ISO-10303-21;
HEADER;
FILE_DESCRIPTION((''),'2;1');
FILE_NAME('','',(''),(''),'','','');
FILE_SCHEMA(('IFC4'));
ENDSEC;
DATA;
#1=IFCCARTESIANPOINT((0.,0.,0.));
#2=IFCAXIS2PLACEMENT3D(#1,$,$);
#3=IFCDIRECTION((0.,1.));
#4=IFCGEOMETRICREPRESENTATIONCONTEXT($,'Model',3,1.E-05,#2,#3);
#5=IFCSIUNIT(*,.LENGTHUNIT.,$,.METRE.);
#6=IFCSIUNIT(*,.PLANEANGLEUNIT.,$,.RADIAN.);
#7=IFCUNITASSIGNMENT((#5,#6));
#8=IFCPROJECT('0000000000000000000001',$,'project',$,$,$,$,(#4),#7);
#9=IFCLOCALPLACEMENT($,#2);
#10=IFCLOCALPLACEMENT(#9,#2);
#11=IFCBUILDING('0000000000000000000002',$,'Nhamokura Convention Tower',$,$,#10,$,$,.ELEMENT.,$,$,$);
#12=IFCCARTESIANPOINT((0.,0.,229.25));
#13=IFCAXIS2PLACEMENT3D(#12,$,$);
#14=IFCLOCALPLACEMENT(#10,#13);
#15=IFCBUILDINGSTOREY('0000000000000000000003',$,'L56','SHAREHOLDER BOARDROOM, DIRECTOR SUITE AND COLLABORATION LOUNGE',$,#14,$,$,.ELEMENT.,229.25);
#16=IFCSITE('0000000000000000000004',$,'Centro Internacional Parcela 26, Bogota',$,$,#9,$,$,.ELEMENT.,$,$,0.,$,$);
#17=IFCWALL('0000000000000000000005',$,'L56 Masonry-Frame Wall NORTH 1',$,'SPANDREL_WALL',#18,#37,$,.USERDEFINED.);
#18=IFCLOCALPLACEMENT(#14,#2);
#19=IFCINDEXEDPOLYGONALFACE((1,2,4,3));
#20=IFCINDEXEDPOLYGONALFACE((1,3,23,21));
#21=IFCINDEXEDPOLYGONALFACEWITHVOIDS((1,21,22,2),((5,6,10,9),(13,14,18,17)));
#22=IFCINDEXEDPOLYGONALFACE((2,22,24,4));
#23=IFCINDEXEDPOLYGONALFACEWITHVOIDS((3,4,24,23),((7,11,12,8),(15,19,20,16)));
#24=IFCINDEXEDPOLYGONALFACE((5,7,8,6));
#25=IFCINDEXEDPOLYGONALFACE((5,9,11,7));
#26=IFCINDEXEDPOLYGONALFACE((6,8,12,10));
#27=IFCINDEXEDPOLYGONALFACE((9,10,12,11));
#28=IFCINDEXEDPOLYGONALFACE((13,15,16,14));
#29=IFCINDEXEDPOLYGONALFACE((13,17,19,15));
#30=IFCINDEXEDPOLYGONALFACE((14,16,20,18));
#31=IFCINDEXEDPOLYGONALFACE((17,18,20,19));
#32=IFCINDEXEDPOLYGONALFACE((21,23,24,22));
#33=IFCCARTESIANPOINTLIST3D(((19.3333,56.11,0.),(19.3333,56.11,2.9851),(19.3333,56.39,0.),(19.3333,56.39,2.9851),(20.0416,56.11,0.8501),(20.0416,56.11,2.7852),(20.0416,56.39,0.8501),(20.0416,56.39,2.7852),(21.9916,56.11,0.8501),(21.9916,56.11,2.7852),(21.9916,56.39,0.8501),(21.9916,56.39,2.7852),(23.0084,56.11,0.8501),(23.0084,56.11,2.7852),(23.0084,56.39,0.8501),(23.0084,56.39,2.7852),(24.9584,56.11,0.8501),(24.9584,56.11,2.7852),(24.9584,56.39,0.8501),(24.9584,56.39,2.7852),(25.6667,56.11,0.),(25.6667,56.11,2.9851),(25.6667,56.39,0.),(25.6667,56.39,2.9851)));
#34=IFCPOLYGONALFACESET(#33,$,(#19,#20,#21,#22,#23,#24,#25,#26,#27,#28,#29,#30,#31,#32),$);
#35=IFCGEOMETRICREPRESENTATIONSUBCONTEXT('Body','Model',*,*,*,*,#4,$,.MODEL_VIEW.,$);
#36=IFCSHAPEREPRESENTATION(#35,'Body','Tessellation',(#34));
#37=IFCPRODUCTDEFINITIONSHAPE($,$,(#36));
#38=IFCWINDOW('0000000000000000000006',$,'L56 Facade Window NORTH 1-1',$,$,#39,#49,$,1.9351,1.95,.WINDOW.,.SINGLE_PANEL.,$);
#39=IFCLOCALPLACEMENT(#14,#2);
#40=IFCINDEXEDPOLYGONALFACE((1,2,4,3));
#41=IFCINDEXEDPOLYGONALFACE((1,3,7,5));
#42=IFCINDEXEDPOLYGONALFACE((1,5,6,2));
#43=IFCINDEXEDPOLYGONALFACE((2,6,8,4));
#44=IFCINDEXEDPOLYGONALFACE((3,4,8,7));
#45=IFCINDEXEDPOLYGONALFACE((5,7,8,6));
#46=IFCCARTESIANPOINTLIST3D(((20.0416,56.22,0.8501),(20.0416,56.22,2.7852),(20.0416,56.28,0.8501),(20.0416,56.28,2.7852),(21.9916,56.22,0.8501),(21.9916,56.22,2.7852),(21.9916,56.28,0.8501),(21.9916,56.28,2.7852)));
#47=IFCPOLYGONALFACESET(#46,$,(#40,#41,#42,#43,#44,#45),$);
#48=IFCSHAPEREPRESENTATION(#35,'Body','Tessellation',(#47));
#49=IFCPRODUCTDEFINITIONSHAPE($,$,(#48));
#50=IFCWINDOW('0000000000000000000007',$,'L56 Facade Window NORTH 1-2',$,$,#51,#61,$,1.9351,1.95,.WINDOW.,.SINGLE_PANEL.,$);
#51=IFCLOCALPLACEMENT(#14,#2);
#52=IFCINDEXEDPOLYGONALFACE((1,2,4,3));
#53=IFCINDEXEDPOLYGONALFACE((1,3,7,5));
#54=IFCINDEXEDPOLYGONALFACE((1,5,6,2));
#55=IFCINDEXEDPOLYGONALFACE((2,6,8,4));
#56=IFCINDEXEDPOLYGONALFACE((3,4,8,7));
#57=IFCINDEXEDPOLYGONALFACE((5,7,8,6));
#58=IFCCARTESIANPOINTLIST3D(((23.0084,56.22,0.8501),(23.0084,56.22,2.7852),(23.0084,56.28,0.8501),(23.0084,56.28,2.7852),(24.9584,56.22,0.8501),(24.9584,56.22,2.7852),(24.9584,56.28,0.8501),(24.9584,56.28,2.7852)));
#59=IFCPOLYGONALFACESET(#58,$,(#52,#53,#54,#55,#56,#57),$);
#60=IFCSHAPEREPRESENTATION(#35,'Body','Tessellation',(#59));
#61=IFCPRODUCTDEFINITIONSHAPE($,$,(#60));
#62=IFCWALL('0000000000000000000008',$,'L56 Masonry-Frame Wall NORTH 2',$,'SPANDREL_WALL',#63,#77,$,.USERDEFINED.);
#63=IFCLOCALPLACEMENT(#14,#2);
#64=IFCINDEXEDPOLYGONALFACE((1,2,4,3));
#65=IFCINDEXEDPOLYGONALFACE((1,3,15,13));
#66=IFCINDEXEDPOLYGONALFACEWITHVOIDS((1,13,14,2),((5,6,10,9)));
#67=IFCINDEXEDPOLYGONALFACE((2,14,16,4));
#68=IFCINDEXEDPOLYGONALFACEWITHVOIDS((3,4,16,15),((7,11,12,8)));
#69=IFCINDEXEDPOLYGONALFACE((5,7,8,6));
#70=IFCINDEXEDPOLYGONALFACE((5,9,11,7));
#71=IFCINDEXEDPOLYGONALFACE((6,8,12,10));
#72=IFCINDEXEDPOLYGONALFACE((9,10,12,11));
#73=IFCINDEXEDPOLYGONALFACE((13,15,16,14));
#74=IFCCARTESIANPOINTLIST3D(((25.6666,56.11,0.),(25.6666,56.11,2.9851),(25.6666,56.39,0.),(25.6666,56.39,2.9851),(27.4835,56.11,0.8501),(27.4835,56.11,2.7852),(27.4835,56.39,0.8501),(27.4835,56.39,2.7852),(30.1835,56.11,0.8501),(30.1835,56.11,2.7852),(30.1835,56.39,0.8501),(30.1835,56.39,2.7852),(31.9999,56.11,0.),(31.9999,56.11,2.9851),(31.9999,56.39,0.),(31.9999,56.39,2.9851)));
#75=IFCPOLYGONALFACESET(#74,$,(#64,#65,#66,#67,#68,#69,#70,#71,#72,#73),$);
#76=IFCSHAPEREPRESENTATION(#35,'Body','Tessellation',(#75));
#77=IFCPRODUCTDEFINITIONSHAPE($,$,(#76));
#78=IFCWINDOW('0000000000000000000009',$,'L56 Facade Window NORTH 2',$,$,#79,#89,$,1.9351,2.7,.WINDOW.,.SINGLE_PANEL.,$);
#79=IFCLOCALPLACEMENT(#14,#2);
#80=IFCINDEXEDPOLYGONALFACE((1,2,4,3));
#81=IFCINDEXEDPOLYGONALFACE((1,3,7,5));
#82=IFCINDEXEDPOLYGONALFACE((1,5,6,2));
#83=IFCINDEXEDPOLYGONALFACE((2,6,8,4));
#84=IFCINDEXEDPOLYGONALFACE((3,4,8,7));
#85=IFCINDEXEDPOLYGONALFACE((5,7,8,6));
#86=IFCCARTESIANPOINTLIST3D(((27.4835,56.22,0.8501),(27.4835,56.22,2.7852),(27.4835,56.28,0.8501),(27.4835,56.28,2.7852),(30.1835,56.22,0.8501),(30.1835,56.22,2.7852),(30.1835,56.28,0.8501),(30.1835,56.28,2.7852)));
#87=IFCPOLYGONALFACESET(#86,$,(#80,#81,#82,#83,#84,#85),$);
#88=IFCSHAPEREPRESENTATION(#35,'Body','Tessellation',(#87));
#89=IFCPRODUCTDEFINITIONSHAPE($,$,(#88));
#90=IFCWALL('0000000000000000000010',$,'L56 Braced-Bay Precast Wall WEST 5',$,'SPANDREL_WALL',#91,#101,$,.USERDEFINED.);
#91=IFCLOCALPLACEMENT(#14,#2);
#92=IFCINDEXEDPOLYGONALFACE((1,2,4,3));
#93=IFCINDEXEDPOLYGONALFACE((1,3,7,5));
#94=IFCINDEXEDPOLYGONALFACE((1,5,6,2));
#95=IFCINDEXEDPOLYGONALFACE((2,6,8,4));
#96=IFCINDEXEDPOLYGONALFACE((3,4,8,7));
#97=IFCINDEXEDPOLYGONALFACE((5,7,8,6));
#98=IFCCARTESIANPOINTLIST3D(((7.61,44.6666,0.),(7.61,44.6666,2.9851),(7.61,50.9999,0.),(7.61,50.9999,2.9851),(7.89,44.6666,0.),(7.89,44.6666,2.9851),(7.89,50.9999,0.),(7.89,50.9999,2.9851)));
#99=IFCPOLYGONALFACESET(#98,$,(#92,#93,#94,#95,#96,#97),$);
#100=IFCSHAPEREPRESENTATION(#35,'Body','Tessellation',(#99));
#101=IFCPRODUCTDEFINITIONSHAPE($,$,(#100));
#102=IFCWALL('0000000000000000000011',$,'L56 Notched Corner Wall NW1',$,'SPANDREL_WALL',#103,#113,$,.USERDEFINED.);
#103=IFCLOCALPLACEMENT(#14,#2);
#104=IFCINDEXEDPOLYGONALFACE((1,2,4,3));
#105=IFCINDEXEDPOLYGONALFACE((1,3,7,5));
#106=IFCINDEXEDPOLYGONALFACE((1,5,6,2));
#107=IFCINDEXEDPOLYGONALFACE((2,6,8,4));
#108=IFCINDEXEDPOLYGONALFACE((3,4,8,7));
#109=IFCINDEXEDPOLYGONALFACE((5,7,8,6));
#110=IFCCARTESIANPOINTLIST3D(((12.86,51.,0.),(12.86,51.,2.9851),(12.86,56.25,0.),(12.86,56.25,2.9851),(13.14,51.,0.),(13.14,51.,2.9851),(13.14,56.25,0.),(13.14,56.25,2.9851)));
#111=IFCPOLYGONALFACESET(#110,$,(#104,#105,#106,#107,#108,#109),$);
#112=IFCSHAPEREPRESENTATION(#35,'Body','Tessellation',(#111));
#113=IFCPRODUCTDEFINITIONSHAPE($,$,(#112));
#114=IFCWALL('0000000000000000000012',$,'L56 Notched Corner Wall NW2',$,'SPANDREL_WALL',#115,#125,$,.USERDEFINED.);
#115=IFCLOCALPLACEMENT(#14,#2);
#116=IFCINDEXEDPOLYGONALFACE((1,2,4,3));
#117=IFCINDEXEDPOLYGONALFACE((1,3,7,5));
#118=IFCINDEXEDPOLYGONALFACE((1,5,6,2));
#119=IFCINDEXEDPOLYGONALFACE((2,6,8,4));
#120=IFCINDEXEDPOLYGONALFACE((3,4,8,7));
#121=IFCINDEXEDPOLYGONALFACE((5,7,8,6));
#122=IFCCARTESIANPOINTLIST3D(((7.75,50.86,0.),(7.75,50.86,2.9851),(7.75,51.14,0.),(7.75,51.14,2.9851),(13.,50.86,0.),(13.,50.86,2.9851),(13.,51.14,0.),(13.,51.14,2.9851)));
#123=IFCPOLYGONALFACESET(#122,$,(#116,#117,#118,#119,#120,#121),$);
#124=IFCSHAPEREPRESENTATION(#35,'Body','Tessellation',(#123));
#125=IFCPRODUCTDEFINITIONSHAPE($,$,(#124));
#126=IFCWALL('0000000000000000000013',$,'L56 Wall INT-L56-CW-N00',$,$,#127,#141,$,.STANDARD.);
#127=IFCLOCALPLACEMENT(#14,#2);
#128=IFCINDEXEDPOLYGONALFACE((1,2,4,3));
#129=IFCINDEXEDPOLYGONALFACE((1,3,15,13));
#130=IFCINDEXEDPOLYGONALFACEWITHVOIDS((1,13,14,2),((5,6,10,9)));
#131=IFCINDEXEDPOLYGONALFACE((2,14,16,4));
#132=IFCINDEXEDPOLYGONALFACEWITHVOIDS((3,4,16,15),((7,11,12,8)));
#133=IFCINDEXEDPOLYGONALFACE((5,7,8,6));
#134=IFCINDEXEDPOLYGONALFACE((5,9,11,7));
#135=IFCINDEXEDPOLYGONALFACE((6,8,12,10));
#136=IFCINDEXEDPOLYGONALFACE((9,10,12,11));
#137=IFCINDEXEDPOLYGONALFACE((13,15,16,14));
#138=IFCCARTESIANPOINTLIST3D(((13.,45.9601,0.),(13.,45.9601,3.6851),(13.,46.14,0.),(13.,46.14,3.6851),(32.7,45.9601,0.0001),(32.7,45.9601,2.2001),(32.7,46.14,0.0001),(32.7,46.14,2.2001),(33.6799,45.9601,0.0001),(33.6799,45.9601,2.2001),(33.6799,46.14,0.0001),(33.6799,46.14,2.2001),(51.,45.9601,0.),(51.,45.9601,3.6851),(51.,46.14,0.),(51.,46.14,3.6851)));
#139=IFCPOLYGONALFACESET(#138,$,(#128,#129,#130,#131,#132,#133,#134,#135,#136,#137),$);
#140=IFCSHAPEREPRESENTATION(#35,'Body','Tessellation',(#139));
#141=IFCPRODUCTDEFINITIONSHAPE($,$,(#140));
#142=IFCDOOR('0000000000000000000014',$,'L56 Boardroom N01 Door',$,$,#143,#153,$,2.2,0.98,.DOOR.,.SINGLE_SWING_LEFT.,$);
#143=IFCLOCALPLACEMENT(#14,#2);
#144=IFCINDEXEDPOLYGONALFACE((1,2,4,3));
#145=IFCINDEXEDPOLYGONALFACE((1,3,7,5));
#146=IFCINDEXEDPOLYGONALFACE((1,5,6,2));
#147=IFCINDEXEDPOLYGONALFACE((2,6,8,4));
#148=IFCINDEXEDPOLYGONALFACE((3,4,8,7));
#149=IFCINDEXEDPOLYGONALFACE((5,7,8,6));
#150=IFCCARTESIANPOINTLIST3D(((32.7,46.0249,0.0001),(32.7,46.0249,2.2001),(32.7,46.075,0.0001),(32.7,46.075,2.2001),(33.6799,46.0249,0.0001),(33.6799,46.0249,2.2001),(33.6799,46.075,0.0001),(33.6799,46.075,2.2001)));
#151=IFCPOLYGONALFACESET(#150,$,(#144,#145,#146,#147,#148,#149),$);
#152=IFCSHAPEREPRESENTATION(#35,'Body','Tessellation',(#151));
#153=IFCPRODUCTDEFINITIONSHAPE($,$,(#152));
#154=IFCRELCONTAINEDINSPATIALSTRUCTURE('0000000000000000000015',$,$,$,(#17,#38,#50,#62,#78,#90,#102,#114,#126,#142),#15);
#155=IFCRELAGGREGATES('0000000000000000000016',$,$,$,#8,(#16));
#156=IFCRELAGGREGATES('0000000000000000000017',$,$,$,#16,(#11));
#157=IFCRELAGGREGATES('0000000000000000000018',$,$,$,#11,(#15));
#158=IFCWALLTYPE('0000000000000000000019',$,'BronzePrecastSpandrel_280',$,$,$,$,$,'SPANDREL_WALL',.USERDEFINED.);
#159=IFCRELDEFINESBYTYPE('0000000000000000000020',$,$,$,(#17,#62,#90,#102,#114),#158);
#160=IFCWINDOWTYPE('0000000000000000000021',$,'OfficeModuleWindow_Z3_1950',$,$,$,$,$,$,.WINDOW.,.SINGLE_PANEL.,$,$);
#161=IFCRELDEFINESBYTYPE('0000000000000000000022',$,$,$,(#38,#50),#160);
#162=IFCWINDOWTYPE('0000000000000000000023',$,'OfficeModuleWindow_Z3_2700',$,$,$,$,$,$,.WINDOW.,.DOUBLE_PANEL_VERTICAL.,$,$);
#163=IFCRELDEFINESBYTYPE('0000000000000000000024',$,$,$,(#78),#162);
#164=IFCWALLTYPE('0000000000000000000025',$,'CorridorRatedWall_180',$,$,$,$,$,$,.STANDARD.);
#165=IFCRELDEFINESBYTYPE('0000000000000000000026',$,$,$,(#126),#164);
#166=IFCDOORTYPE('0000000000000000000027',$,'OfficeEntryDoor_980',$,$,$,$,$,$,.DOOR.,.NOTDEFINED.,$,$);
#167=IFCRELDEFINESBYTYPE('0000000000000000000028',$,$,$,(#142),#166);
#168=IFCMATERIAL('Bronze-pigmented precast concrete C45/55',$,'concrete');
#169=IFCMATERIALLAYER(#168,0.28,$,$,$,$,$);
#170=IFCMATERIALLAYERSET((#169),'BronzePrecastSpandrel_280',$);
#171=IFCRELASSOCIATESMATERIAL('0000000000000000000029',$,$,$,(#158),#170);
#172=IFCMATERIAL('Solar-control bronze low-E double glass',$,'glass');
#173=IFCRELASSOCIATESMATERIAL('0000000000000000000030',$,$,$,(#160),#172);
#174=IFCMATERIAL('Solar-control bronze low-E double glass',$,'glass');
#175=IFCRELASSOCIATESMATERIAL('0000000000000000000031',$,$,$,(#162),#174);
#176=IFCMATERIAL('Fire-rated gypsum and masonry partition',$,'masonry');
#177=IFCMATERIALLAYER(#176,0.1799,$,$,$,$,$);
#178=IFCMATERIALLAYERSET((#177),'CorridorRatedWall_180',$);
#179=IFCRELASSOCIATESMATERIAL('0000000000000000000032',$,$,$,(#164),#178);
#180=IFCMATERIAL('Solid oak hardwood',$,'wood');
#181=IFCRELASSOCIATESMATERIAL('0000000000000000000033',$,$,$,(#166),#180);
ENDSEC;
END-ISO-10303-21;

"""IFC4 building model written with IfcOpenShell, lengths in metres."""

from ifc_helpers import new_model, si_unit, direction, frame, frame_2d, origin, place, context, subcontext, project, spatial, rectangle, extrude, material, layer, layer_set, type_object, element, fill, save


model = new_model("IFC4")

# Units and contexts
model_context = context("Model", 3, precision=1e-05, world=origin(), true_north=direction((0.0, 1.0)))
body_context = subcontext(model_context, "Body", "Model", "MODEL_VIEW")
ifc_project = project(units=[si_unit("LENGTHUNIT", "METRE"), si_unit("PLANEANGLEUNIT", "RADIAN")], contexts=[model_context])

# Site, building, storey
site_placement = place(None, origin())
site = spatial("IfcSite", under=ifc_project, at=site_placement, Name="Centro Internacional Parcela 26, Bogota", CompositionType="ELEMENT", RefElevation=0.0)
building_placement = place(site_placement, origin())
building = spatial("IfcBuilding", under=site, at=building_placement, Name="Nhamokura Convention Tower", CompositionType="ELEMENT")
storey_placement = place(building_placement, frame((0.0, 0.0, 229.25)))
storey = spatial("IfcBuildingStorey", under=building, at=storey_placement, Name="L56", Description="SHAREHOLDER BOARDROOM, DIRECTOR SUITE AND COLLABORATION LOUNGE", CompositionType="ELEMENT", Elevation=229.25)

# Shared definitions
ifc_material_1 = material(Name="Bronze-pigmented precast concrete C45/55", Category="concrete")
ifc_layer_1 = layer(ifc_material_1, 0.28)
ifc_layer_set_1 = layer_set([ifc_layer_1], Name="BronzePrecastSpandrel_280")
wall_type_1 = type_object("IfcWallType", Name="BronzePrecastSpandrel_280", ElementType="SPANDREL_WALL", PredefinedType="USERDEFINED", material=ifc_layer_set_1)

# Wall, openings, windows
wall_1_placement = place(storey_placement, frame((19.3333, 56.25, 0.0), z_axis=(0.0, 0.0, 1.0), x_axis=(1.0, 0.0, 0.0)))
wall_1 = element("IfcWall", 1, at=wall_1_placement, inside=storey, type_object=wall_type_1, Name="L56 Masonry-Frame Wall NORTH 1", ObjectType="SPANDREL_WALL", PredefinedType="USERDEFINED", context=body_context, shape_type="SweptSolid", body=[
    extrude(rectangle(XDim=6.3335, YDim=0.28, at=frame_2d((3.1667, 0.0))), origin(), (0.0, 0.0, 1.0), 2.9851),
])
opening_1_placement = place(wall_1_placement, frame((0.7083, 0.0, 0.8501)))
opening_1 = element("IfcOpeningElement", 2, at=opening_1_placement, cuts=wall_1, PredefinedType="OPENING", context=body_context, shape_type="SweptSolid", body=[
    extrude(rectangle(XDim=1.95, YDim=1.9351, at=frame_2d((0.9751, 0.9675))), frame((0.0, 0.1499, 0.0), z_axis=(0.0, -1.0, 0.0), x_axis=(1.0, 0.0, 0.0)), (0.0, 0.0, 1.0), 0.3),
])
opening_2_placement = place(wall_1_placement, frame((3.675, 0.0, 0.8501)))
opening_2 = element("IfcOpeningElement", 3, at=opening_2_placement, cuts=wall_1, PredefinedType="OPENING", context=body_context, shape_type="SweptSolid", body=[
    extrude(rectangle(XDim=1.95, YDim=1.9351, at=frame_2d((0.9751, 0.9675))), frame((0.0, 0.1499, 0.0), z_axis=(0.0, -1.0, 0.0), x_axis=(1.0, 0.0, 0.0)), (0.0, 0.0, 1.0), 0.3),
])
ifc_material_2 = material(Name="Solar-control bronze low-E double glass", Category="glass")
window_type_1 = type_object("IfcWindowType", Name="OfficeModuleWindow_Z3_1950", PartitioningType="SINGLE_PANEL", PredefinedType="WINDOW", material=ifc_material_2)
window_1_placement = place(opening_1_placement, origin())
window_1 = element("IfcWindow", 4, at=window_1_placement, inside=storey, type_object=window_type_1, Name="L56 Facade Window NORTH 1-1", OverallHeight=1.9351, OverallWidth=1.95, PartitioningType="SINGLE_PANEL", PredefinedType="WINDOW", context=body_context, shape_type="SweptSolid", body=[
    extrude(rectangle(XDim=1.95, YDim=1.9351, at=frame_2d((0.9751, 0.9675))), frame((0.0, 0.03, 0.0), z_axis=(0.0, -1.0, 0.0), x_axis=(1.0, 0.0, 0.0)), (0.0, 0.0, 1.0), 0.0601),
])
fill(opening_1, window_1)
window_2_placement = place(opening_2_placement, origin())
window_2 = element("IfcWindow", 5, at=window_2_placement, inside=storey, type_object=window_type_1, Name="L56 Facade Window NORTH 1-2", OverallHeight=1.9351, OverallWidth=1.95, PartitioningType="SINGLE_PANEL", PredefinedType="WINDOW", context=body_context, shape_type="SweptSolid", body=[
    extrude(rectangle(XDim=1.95, YDim=1.9351, at=frame_2d((0.9751, 0.9675))), frame((0.0, 0.03, 0.0), z_axis=(0.0, -1.0, 0.0), x_axis=(1.0, 0.0, 0.0)), (0.0, 0.0, 1.0), 0.0601),
])
fill(opening_2, window_2)

# Wall, opening, window
wall_2_placement = place(storey_placement, frame((25.6667, 56.25, 0.0), z_axis=(0.0, 0.0, 1.0), x_axis=(1.0, 0.0, 0.0)))
wall_2 = element("IfcWall", 6, at=wall_2_placement, inside=storey, type_object=wall_type_1, Name="L56 Masonry-Frame Wall NORTH 2", ObjectType="SPANDREL_WALL", PredefinedType="USERDEFINED", context=body_context, shape_type="SweptSolid", body=[
    extrude(rectangle(XDim=6.3333, YDim=0.28, at=frame_2d((3.1665, 0.0))), origin(), (0.0, 0.0, 1.0), 2.9851),
])
opening_3_placement = place(wall_2_placement, frame((1.8167, 0.0, 0.8501)))
opening_3 = element("IfcOpeningElement", 7, at=opening_3_placement, cuts=wall_2, PredefinedType="OPENING", context=body_context, shape_type="SweptSolid", body=[
    extrude(rectangle(XDim=2.7, YDim=1.9351, at=frame_2d((1.3501, 0.9675))), frame((0.0, 0.1499, 0.0), z_axis=(0.0, -1.0, 0.0), x_axis=(1.0, 0.0, 0.0)), (0.0, 0.0, 1.0), 0.3),
])
ifc_material_3 = material(Name="Solar-control bronze low-E double glass", Category="glass")
window_type_2 = type_object("IfcWindowType", Name="OfficeModuleWindow_Z3_2700", PartitioningType="DOUBLE_PANEL_VERTICAL", PredefinedType="WINDOW", material=ifc_material_3)
window_3_placement = place(opening_3_placement, origin())
window_3 = element("IfcWindow", 8, at=window_3_placement, inside=storey, type_object=window_type_2, Name="L56 Facade Window NORTH 2", OverallHeight=1.9351, OverallWidth=2.7, PartitioningType="SINGLE_PANEL", PredefinedType="WINDOW", context=body_context, shape_type="SweptSolid", body=[
    extrude(rectangle(XDim=2.7, YDim=1.9351, at=frame_2d((1.3501, 0.9675))), frame((0.0, 0.03, 0.0), z_axis=(0.0, -1.0, 0.0), x_axis=(1.0, 0.0, 0.0)), (0.0, 0.0, 1.0), 0.0601),
])
fill(opening_3, window_3)

# Walls
wall_3_placement = place(storey_placement, frame((7.75, 44.6667, 0.0), z_axis=(0.0, 0.0, 1.0), x_axis=(0.0, 1.0, 0.0)))
element("IfcWall", 9, at=wall_3_placement, inside=storey, type_object=wall_type_1, Name="L56 Braced-Bay Precast Wall WEST 5", ObjectType="SPANDREL_WALL", PredefinedType="USERDEFINED", context=body_context, shape_type="SweptSolid", body=[
    extrude(rectangle(XDim=6.3333, YDim=0.28, at=frame_2d((3.1665, 0.0))), origin(), (0.0, 0.0, 1.0), 2.9851),
])
for number, where, z_axis, x_axis, name in (
    (10, (13.0, 51.0, 0.0), (0.0, 0.0, 1.0), (0.0, 1.0, 0.0), "L56 Notched Corner Wall NW1"),
    (11, (7.75, 51.0, 0.0), (0.0, 0.0, 1.0), (1.0, 0.0, 0.0), "L56 Notched Corner Wall NW2"),
):
    element("IfcWall", number, at=place(storey_placement, frame(where, z_axis=z_axis, x_axis=x_axis)), inside=storey, type_object=wall_type_1, Name=name, ObjectType="SPANDREL_WALL", PredefinedType="USERDEFINED", context=body_context, shape_type="SweptSolid", body=[
        extrude(rectangle(XDim=5.25, YDim=0.28, at=frame_2d((2.625, 0.0))), origin(), (0.0, 0.0, 1.0), 2.9851),
    ])

# Wall, opening, door
ifc_material_4 = material(Name="Fire-rated gypsum and masonry partition", Category="masonry")
ifc_layer_2 = layer(ifc_material_4, 0.1799)
ifc_layer_set_2 = layer_set([ifc_layer_2], Name="CorridorRatedWall_180")
wall_type_2 = type_object("IfcWallType", Name="CorridorRatedWall_180", PredefinedType="STANDARD", material=ifc_layer_set_2)
wall_4_placement = place(storey_placement, frame((13.0, 46.05, 0.0), z_axis=(0.0, 0.0, 1.0), x_axis=(1.0, 0.0, 0.0)))
wall_4 = element("IfcWall", 12, at=wall_4_placement, inside=storey, type_object=wall_type_2, Name="L56 Wall INT-L56-CW-N00", PredefinedType="STANDARD", context=body_context, shape_type="SweptSolid", body=[
    extrude(rectangle(XDim=38.0, YDim=0.1799, at=frame_2d((19.0, 0.0))), origin(), (0.0, 0.0, 1.0), 3.6851),
])
opening_4_placement = place(wall_4_placement, frame((19.7, 0.0, 0.0)))
opening_4 = element("IfcOpeningElement", 13, at=opening_4_placement, cuts=wall_4, PredefinedType="OPENING", context=body_context, shape_type="SweptSolid", body=[
    extrude(rectangle(XDim=0.98, YDim=2.2, at=frame_2d((0.49, 1.1001))), frame((0.0, 0.0999, 0.0), z_axis=(0.0, -1.0, 0.0), x_axis=(1.0, 0.0, 0.0)), (0.0, 0.0, 1.0), 0.2),
])
ifc_material_5 = material(Name="Solid oak hardwood", Category="wood")
door_type = type_object("IfcDoorType", Name="OfficeEntryDoor_980", OperationType="NOTDEFINED", PredefinedType="DOOR", material=ifc_material_5)
door_placement = place(opening_4_placement, origin())
door = element("IfcDoor", 14, at=door_placement, inside=storey, type_object=door_type, Name="L56 Boardroom N01 Door", OperationType="SINGLE_SWING_LEFT", OverallHeight=2.2, OverallWidth=0.98, PredefinedType="DOOR", context=body_context, shape_type="SweptSolid", body=[
    extrude(rectangle(XDim=0.98, YDim=2.2, at=frame_2d((0.49, 1.1001))), frame((0.0, 0.0249, 0.0), z_axis=(0.0, -1.0, 0.0), x_axis=(1.0, 0.0, 0.0)), (0.0, 0.0, 1.0), 0.05),
])
fill(opening_4, door)

save(model, "model.ifc")
